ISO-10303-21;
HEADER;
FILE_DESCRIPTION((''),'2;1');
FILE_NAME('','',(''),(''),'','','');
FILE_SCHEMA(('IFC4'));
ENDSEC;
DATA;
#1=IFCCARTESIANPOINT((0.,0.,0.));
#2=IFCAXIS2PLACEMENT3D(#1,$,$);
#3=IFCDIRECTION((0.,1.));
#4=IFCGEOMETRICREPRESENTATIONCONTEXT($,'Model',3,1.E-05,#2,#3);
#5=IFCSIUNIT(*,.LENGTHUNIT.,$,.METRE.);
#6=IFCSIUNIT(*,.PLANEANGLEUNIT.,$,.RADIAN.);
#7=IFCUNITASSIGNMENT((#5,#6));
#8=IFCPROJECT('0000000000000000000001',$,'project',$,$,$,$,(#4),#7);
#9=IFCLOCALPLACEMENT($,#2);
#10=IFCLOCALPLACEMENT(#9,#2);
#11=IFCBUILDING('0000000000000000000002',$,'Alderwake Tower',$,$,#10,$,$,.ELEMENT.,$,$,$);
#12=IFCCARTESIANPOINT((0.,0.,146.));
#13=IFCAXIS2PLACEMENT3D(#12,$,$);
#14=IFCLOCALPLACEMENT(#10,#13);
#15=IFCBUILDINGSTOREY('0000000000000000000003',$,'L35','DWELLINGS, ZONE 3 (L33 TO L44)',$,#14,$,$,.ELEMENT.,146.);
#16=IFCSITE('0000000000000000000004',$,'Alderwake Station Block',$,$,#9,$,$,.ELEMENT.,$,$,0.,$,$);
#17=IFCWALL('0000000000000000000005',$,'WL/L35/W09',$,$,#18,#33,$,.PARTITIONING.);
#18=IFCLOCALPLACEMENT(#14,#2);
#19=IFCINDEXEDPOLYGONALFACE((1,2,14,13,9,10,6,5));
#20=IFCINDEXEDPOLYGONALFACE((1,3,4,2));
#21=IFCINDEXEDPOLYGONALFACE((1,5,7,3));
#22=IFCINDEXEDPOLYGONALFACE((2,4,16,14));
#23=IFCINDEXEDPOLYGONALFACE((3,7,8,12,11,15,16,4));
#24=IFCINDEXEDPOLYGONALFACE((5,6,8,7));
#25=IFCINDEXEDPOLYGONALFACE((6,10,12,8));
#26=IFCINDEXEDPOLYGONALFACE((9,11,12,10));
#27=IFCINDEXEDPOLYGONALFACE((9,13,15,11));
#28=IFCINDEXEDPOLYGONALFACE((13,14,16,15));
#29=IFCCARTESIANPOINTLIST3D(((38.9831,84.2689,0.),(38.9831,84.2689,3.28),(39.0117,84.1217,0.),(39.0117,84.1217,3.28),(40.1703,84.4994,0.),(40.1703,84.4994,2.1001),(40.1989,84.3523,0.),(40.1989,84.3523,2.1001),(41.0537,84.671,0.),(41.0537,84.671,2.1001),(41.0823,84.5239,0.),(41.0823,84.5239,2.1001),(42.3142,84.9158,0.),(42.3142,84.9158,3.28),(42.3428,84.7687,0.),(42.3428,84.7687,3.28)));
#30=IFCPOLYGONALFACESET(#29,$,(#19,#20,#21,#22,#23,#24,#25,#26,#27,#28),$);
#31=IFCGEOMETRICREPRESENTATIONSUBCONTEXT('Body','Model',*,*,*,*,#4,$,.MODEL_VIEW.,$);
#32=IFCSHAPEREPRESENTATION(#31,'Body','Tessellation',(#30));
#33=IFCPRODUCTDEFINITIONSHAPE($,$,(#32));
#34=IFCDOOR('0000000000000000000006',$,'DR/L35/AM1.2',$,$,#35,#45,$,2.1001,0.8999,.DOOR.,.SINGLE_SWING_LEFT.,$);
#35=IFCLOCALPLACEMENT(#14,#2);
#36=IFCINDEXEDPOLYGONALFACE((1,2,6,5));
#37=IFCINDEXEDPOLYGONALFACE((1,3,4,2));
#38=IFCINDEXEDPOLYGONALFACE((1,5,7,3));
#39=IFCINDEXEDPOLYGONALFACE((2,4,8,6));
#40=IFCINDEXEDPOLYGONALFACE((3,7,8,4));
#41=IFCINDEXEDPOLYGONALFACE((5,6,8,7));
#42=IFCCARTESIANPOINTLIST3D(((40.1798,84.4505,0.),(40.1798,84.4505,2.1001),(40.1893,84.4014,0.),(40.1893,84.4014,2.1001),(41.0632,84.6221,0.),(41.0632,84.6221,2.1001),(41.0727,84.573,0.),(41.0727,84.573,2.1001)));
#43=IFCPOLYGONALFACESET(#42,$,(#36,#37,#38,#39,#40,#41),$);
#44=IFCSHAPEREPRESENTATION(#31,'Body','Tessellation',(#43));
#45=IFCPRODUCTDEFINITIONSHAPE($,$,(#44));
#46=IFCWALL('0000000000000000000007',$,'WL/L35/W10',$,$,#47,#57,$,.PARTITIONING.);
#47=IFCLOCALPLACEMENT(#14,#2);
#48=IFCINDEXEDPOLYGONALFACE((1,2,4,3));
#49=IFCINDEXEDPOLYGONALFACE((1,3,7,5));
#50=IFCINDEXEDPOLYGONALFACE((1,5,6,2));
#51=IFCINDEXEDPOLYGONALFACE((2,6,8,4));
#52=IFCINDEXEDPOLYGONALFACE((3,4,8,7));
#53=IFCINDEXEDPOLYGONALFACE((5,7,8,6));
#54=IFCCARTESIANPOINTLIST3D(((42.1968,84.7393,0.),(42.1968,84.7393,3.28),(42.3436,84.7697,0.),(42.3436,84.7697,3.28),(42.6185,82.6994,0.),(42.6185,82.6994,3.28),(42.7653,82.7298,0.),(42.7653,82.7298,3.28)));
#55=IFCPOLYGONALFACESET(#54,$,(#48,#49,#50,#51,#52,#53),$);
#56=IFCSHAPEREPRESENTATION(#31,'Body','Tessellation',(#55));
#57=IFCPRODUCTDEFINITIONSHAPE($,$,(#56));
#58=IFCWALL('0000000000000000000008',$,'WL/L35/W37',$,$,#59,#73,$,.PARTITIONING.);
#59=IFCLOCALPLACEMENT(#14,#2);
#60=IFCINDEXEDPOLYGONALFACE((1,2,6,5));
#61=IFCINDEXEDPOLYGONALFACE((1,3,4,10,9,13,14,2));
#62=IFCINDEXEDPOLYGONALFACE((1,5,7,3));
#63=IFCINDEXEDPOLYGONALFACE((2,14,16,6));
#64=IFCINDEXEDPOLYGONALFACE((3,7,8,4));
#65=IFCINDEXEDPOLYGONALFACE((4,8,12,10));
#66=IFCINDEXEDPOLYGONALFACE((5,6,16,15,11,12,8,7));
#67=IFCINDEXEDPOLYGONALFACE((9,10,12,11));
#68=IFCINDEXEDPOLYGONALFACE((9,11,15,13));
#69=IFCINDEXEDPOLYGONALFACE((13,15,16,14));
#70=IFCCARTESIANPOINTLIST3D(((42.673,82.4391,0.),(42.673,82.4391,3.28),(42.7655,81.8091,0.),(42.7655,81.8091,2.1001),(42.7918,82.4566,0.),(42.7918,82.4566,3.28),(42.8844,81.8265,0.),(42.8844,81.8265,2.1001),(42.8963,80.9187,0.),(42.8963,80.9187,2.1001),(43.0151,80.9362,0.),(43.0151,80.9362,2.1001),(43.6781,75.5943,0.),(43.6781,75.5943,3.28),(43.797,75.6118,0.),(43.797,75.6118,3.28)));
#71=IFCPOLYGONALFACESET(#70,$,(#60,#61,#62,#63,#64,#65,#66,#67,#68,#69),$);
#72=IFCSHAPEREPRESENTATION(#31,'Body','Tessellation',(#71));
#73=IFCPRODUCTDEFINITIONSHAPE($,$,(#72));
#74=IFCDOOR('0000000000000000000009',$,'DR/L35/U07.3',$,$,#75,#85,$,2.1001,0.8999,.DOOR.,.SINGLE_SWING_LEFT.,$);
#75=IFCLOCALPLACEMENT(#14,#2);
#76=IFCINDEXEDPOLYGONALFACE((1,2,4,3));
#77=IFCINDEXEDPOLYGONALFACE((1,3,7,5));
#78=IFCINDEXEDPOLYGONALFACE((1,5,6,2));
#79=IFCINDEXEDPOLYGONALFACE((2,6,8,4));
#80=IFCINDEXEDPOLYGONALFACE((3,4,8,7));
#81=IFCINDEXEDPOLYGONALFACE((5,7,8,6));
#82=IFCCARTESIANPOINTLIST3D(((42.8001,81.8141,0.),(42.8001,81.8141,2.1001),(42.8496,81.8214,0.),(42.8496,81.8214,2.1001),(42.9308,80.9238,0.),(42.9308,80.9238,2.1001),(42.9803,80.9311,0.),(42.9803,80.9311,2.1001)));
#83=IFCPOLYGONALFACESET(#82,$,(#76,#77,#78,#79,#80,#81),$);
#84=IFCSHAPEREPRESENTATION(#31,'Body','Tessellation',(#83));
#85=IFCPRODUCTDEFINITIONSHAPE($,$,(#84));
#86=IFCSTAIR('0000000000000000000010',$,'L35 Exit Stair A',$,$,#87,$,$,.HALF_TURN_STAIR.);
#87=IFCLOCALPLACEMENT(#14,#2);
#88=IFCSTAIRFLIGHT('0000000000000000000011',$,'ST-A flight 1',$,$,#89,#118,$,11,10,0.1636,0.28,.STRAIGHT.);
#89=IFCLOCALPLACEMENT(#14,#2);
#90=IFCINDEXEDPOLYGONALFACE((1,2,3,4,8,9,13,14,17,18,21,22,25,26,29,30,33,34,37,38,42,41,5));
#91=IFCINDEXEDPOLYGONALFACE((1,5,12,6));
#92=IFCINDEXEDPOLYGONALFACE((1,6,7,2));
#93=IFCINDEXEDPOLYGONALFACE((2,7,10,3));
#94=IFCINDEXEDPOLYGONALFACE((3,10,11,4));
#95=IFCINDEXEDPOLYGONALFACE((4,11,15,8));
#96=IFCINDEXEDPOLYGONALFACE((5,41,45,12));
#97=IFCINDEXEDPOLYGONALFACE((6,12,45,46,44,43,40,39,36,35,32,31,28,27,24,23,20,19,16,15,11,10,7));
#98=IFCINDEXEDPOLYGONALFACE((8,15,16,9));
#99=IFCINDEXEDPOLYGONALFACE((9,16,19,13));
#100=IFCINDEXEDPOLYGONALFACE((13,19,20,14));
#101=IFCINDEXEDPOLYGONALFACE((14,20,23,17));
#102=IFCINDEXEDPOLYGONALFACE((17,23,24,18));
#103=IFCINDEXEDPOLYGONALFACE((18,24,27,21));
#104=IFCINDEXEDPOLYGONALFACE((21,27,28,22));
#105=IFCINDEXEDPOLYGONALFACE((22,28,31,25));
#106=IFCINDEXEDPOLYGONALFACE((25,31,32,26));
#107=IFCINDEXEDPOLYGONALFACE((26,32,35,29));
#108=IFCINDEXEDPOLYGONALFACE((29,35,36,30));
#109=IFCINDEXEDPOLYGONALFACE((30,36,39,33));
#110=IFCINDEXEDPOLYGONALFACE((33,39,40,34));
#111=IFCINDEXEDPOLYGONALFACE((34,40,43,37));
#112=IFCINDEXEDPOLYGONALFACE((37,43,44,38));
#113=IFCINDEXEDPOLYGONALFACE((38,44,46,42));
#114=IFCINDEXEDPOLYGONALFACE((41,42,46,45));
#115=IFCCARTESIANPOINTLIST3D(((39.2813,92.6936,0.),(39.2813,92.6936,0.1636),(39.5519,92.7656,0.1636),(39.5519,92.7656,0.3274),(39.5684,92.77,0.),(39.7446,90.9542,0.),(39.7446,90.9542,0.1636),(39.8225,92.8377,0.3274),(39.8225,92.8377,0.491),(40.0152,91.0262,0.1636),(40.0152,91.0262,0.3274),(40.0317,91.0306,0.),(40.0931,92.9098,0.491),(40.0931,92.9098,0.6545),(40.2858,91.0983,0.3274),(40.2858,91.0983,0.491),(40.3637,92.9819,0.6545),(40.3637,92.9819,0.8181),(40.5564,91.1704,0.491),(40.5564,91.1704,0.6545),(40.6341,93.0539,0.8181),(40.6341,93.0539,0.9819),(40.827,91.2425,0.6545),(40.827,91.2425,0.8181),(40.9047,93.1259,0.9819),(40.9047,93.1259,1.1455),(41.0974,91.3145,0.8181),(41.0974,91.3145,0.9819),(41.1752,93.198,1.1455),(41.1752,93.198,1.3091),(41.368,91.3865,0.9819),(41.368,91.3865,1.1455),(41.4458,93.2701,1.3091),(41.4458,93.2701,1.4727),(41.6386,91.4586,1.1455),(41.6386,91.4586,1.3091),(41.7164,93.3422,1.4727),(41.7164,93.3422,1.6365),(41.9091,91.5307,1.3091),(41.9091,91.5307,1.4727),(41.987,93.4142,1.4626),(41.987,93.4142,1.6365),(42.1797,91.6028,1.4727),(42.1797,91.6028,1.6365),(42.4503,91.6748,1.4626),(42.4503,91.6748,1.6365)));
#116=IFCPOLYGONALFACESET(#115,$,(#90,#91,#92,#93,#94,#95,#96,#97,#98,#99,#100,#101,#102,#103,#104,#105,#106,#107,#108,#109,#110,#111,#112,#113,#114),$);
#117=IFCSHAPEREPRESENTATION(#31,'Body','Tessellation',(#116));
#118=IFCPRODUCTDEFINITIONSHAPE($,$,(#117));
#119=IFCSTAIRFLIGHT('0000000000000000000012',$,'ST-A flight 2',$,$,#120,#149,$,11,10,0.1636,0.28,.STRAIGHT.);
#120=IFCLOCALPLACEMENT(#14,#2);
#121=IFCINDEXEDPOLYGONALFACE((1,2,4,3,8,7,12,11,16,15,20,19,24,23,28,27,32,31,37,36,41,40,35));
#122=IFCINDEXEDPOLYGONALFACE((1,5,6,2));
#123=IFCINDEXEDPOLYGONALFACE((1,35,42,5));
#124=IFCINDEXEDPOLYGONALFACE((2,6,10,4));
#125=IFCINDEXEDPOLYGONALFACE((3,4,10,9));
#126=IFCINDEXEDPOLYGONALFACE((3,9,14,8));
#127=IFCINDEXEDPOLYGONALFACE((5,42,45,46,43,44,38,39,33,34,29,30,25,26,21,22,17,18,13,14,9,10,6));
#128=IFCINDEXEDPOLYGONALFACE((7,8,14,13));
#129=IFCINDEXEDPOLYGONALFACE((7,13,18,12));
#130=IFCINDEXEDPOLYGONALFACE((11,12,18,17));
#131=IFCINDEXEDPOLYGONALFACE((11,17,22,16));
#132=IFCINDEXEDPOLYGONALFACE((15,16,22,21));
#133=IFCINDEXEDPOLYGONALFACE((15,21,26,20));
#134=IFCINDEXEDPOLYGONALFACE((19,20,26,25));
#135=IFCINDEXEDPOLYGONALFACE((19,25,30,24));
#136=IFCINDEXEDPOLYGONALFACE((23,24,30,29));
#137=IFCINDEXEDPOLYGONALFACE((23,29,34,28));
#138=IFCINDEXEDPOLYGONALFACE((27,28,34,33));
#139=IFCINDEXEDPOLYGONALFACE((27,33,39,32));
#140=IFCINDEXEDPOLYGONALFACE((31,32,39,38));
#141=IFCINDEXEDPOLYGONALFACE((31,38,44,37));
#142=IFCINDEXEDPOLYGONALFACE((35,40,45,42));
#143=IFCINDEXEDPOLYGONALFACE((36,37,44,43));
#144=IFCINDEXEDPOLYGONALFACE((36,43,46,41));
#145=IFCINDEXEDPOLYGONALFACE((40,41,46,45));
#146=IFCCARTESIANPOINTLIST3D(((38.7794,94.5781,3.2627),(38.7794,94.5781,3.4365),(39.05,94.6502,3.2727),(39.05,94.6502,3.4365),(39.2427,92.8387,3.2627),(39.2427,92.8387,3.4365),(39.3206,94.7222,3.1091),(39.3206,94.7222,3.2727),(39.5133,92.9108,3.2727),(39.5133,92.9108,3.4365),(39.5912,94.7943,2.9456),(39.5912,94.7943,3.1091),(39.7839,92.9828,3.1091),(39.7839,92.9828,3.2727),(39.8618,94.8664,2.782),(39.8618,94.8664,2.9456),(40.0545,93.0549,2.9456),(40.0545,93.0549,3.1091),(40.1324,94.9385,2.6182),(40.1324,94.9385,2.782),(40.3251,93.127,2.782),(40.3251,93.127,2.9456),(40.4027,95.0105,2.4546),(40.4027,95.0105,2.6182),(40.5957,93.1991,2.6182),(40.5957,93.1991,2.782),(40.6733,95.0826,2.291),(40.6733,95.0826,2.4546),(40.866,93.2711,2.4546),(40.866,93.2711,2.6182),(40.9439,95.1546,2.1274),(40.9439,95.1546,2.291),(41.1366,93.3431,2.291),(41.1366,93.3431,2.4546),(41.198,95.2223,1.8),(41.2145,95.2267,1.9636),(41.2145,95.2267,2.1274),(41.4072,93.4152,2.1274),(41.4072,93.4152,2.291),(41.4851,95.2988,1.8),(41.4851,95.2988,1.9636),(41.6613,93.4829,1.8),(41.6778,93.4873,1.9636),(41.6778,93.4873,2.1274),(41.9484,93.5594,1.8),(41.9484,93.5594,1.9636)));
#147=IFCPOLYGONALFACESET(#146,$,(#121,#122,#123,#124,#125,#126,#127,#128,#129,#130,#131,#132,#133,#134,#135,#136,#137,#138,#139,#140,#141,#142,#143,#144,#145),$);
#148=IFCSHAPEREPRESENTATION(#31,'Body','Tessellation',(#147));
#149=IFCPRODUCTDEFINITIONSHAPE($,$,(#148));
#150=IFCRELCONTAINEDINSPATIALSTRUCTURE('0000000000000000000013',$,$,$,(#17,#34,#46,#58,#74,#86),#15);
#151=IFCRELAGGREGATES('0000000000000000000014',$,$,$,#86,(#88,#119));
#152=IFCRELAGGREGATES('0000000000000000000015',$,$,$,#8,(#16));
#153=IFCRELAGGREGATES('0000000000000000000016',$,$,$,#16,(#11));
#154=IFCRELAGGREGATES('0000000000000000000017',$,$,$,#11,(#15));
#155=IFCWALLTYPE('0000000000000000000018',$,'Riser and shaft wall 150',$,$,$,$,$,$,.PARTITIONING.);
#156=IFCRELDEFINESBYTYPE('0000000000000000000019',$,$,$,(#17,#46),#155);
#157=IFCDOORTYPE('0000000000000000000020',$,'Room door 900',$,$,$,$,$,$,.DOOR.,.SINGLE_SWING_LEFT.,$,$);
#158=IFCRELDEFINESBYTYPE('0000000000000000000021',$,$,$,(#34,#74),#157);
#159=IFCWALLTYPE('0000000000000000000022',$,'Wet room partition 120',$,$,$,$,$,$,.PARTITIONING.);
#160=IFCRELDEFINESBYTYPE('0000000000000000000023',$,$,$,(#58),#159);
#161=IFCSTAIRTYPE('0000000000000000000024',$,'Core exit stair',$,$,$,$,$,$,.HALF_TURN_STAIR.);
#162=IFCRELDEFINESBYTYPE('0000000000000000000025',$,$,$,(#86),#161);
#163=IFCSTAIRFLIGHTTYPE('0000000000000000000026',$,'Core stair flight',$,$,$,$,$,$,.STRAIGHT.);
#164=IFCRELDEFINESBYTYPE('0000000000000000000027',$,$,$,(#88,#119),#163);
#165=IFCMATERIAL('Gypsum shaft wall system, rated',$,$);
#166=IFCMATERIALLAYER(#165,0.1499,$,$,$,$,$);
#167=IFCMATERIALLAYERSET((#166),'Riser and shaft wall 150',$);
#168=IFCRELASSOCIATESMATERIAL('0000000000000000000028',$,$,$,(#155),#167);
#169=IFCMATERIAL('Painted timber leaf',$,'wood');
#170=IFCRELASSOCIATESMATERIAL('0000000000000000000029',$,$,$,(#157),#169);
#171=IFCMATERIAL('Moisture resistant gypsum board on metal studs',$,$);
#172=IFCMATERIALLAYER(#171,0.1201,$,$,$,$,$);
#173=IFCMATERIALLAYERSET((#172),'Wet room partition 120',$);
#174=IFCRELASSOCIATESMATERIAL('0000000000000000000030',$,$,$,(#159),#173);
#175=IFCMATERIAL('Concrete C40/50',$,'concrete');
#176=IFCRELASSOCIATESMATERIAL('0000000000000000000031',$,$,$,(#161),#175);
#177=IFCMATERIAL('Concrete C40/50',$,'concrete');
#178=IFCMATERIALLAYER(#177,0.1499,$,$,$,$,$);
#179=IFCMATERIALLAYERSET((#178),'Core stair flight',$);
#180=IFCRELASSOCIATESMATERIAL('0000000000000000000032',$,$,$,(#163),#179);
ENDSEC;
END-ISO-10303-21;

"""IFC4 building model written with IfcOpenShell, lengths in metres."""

from ifc_helpers import new_model, si_unit, direction, frame, frame_2d, origin, place, context, subcontext, project, spatial, polyline, rectangle, outline, extrude, material, layer, layer_set, type_object, element, fill, aggregate, save


model = new_model("IFC4")

# Units and contexts
model_context = context("Model", 3, precision=1e-05, world=origin(), true_north=direction((0.0, 1.0)))
body_context = subcontext(model_context, "Body", "Model", "MODEL_VIEW")
ifc_project = project(units=[si_unit("LENGTHUNIT", "METRE"), si_unit("PLANEANGLEUNIT", "RADIAN")], contexts=[model_context])

# Site, building, storey
site_placement = place(None, origin())
site = spatial("IfcSite", under=ifc_project, at=site_placement, Name="Alderwake Station Block", CompositionType="ELEMENT", RefElevation=0.0)
building_placement = place(site_placement, origin())
building = spatial("IfcBuilding", under=site, at=building_placement, Name="Alderwake Tower", CompositionType="ELEMENT")
storey_placement = place(building_placement, frame((0.0, 0.0, 146.0)))
storey = spatial("IfcBuildingStorey", under=building, at=storey_placement, Name="L35", Description="DWELLINGS, ZONE 3 (L33 TO L44)", CompositionType="ELEMENT", Elevation=146.0)

# Wall, opening, door
ifc_material_1 = material(Name="Gypsum shaft wall system, rated")
ifc_layer_1 = layer(ifc_material_1, 0.1499)
ifc_layer_set_1 = layer_set([ifc_layer_1], Name="Riser and shaft wall 150")
wall_type_1 = type_object("IfcWallType", Name="Riser and shaft wall 150", PredefinedType="PARTITIONING", material=ifc_layer_set_1)
wall_1_placement = place(storey_placement, frame((42.3286, 84.8423, 0.0), z_axis=(0.0, 0.0, 1.0), x_axis=(-0.981656, -0.190662, 0.0)))
wall_1 = element("IfcWall", 1, at=wall_1_placement, inside=storey, type_object=wall_type_1, Name="WL/L35/W09", PredefinedType="PARTITIONING", context=body_context, shape_type="SweptSolid", body=[
    extrude(rectangle(XDim=3.3933, YDim=0.1499, at=frame_2d((1.6968, 0.0))), origin(), (0.0, 0.0, 1.0), 3.28),
])
opening_1_placement = place(wall_1_placement, frame((1.2842, 0.0, 0.0)))
opening_1 = element("IfcOpeningElement", 2, at=opening_1_placement, cuts=wall_1, PredefinedType="OPENING", context=body_context, shape_type="SweptSolid", body=[
    extrude(rectangle(XDim=0.8999, YDim=2.1001, at=frame_2d((0.45, 1.05))), frame((0.0, 0.085, 0.0), z_axis=(0.0, -1.0, 0.0), x_axis=(1.0, 0.0, 0.0)), (0.0, 0.0, 1.0), 0.1699),
])
ifc_material_2 = material(Name="Painted timber leaf", Category="wood")
door_type_1 = type_object("IfcDoorType", Name="Room door 900", OperationType="SINGLE_SWING_LEFT", PredefinedType="DOOR", material=ifc_material_2)
door_1_placement = place(opening_1_placement, origin())
door_1 = element("IfcDoor", 3, at=door_1_placement, inside=storey, type_object=door_type_1, Name="DR/L35/AM1.2", OperationType="SINGLE_SWING_LEFT", OverallHeight=2.1001, OverallWidth=0.8999, PredefinedType="DOOR", context=body_context, shape_type="SweptSolid", body=[
    extrude(rectangle(XDim=0.8999, YDim=2.1001, at=frame_2d((0.45, 1.05))), frame((0.0, 0.0249, 0.0), z_axis=(0.0, -1.0, 0.0), x_axis=(1.0, 0.0, 0.0)), (0.0, 0.0, 1.0), 0.05),
])
fill(opening_1, door_1)

# Wall
wall_2_placement = place(storey_placement, frame((42.6919, 82.7146, 0.0), z_axis=(0.0, 0.0, 1.0), x_axis=(-0.202423, 0.979298, 0.0)))
element("IfcWall", 4, at=wall_2_placement, inside=storey, type_object=wall_type_1, Name="WL/L35/W10", PredefinedType="PARTITIONING", context=body_context, shape_type="SweptSolid", body=[
    extrude(rectangle(XDim=2.083, YDim=0.1499, at=frame_2d((1.0415, 0.0))), origin(), (0.0, 0.0, 1.0), 3.28),
])

# Wall, opening, door
ifc_material_3 = material(Name="Moisture resistant gypsum board on metal studs")
ifc_layer_2 = layer(ifc_material_3, 0.1201)
ifc_layer_set_2 = layer_set([ifc_layer_2], Name="Wet room partition 120")
wall_type_2 = type_object("IfcWallType", Name="Wet room partition 120", PredefinedType="PARTITIONING", material=ifc_layer_set_2)
wall_3_placement = place(storey_placement, frame((42.7324, 82.4478, 0.0), z_axis=(0.0, 0.0, 1.0), x_axis=(0.145289, -0.989389, 0.0)))
wall_3 = element("IfcWall", 5, at=wall_3_placement, inside=storey, type_object=wall_type_2, Name="WL/L35/W37", PredefinedType="PARTITIONING", context=body_context, shape_type="SweptSolid", body=[
    extrude(rectangle(XDim=6.9182, YDim=0.1201, at=frame_2d((3.459, 0.0))), origin(), (0.0, 0.0, 1.0), 3.28),
])
opening_2_placement = place(wall_3_placement, frame((0.6367, 0.0, 0.0)))
opening_2 = element("IfcOpeningElement", 6, at=opening_2_placement, cuts=wall_3, PredefinedType="OPENING", context=body_context, shape_type="SweptSolid", body=[
    extrude(rectangle(XDim=0.8999, YDim=2.1001, at=frame_2d((0.45, 1.05))), frame((0.0, 0.0701, 0.0), z_axis=(0.0, -1.0, 0.0), x_axis=(1.0, 0.0, 0.0)), (0.0, 0.0, 1.0), 0.1401),
])
door_2_placement = place(opening_2_placement, origin())
door_2 = element("IfcDoor", 7, at=door_2_placement, inside=storey, type_object=door_type_1, Name="DR/L35/U07.3", OperationType="SINGLE_SWING_LEFT", OverallHeight=2.1001, OverallWidth=0.8999, PredefinedType="DOOR", context=body_context, shape_type="SweptSolid", body=[
    extrude(rectangle(XDim=0.8999, YDim=2.1001, at=frame_2d((0.45, 1.05))), frame((0.0, 0.0249, 0.0), z_axis=(0.0, -1.0, 0.0), x_axis=(1.0, 0.0, 0.0)), (0.0, 0.0, 1.0), 0.05),
])
fill(opening_2, door_2)

# Stair, stair flights
ifc_material_4 = material(Name="Concrete C40/50", Category="concrete")
stair_type = type_object("IfcStairType", Name="Core exit stair", PredefinedType="HALF_TURN_STAIR", material=ifc_material_4)
stair_placement = place(storey_placement, origin())
stair = element("IfcStair", 8, at=stair_placement, inside=storey, type_object=stair_type, Name="L35 Exit Stair A", PredefinedType="HALF_TURN_STAIR")
ifc_material_5 = material(Name="Concrete C40/50", Category="concrete")
ifc_layer_3 = layer(ifc_material_5, 0.1499)
ifc_layer_set_3 = layer_set([ifc_layer_3], Name="Core stair flight")
stair_flight_type = type_object("IfcStairFlightType", Name="Core stair flight", PredefinedType="STRAIGHT", material=ifc_layer_set_3)
stair_flight_1_placement = place(storey_placement, frame((39.5129, 91.824, 0.0), z_axis=(0.0, 0.0, 1.0), x_axis=(0.96631, 0.257382, 0.0)))
stair_flight_1 = element("IfcStairFlight", 9, at=stair_flight_1_placement, type_object=stair_flight_type, Name="ST-A flight 1", NumberOfRisers=11, NumberOfTreads=10, PredefinedType="STRAIGHT", RiserHeight=0.1636, TreadLength=0.28, context=body_context, shape_type="SweptSolid", body=[
    extrude(outline(polyline([(0.0, 0.0), (0.0, 0.1636), (0.28, 0.1636), (0.28, 0.3274), (0.5601, 0.3274), (0.5601, 0.491), (0.8401, 0.491), (0.8401, 0.6545), (1.1201, 0.6545), (1.1201, 0.8181), (1.3999, 0.8181), (1.3999, 0.9819), (1.6799, 0.9819), (1.6799, 1.1455), (1.96, 1.1455), (1.96, 1.3091), (2.24, 1.3091), (2.24, 1.4727), (2.52, 1.4727), (2.52, 1.6365), (2.8, 1.6365), (2.8, 1.8), (2.8, 1.4626), (0.2971, 0.0), (0.0, 0.0)])), frame((0.0, 0.8999, 0.0), z_axis=(0.0, -1.0, 0.0), x_axis=(1.0, 0.0, 0.0)), (0.0, 0.0, 1.0), 1.8),
])
stair_flight_2_placement = place(storey_placement, frame((41.7168, 94.429, 1.8), z_axis=(0.0, 0.0, 1.0), x_axis=(-0.96631, -0.257382, 0.0)))
stair_flight_2 = element("IfcStairFlight", 10, at=stair_flight_2_placement, type_object=stair_flight_type, Name="ST-A flight 2", NumberOfRisers=11, NumberOfTreads=10, PredefinedType="STRAIGHT", RiserHeight=0.1636, TreadLength=0.28, context=body_context, shape_type="SweptSolid", body=[
    extrude(outline(polyline([(0.0, 0.0), (0.0, 0.1636), (0.28, 0.1636), (0.28, 0.3274), (0.5601, 0.3274), (0.5601, 0.491), (0.8401, 0.491), (0.8401, 0.6545), (1.1201, 0.6545), (1.1201, 0.8181), (1.3999, 0.8181), (1.3999, 0.9819), (1.6799, 0.9819), (1.6799, 1.1455), (1.96, 1.1455), (1.96, 1.3091), (2.24, 1.3091), (2.24, 1.4727), (2.52, 1.4727), (2.52, 1.6365), (2.8, 1.6365), (2.8, 1.8), (2.8, 1.4626), (0.2971, 0.0), (0.0, 0.0)])), frame((0.0, 0.8999, 0.0), z_axis=(0.0, -1.0, 0.0), x_axis=(1.0, 0.0, 0.0)), (0.0, 0.0, 1.0), 1.8),
])
aggregate(stair, [stair_flight_1, stair_flight_2])

save(model, "model.ifc")
